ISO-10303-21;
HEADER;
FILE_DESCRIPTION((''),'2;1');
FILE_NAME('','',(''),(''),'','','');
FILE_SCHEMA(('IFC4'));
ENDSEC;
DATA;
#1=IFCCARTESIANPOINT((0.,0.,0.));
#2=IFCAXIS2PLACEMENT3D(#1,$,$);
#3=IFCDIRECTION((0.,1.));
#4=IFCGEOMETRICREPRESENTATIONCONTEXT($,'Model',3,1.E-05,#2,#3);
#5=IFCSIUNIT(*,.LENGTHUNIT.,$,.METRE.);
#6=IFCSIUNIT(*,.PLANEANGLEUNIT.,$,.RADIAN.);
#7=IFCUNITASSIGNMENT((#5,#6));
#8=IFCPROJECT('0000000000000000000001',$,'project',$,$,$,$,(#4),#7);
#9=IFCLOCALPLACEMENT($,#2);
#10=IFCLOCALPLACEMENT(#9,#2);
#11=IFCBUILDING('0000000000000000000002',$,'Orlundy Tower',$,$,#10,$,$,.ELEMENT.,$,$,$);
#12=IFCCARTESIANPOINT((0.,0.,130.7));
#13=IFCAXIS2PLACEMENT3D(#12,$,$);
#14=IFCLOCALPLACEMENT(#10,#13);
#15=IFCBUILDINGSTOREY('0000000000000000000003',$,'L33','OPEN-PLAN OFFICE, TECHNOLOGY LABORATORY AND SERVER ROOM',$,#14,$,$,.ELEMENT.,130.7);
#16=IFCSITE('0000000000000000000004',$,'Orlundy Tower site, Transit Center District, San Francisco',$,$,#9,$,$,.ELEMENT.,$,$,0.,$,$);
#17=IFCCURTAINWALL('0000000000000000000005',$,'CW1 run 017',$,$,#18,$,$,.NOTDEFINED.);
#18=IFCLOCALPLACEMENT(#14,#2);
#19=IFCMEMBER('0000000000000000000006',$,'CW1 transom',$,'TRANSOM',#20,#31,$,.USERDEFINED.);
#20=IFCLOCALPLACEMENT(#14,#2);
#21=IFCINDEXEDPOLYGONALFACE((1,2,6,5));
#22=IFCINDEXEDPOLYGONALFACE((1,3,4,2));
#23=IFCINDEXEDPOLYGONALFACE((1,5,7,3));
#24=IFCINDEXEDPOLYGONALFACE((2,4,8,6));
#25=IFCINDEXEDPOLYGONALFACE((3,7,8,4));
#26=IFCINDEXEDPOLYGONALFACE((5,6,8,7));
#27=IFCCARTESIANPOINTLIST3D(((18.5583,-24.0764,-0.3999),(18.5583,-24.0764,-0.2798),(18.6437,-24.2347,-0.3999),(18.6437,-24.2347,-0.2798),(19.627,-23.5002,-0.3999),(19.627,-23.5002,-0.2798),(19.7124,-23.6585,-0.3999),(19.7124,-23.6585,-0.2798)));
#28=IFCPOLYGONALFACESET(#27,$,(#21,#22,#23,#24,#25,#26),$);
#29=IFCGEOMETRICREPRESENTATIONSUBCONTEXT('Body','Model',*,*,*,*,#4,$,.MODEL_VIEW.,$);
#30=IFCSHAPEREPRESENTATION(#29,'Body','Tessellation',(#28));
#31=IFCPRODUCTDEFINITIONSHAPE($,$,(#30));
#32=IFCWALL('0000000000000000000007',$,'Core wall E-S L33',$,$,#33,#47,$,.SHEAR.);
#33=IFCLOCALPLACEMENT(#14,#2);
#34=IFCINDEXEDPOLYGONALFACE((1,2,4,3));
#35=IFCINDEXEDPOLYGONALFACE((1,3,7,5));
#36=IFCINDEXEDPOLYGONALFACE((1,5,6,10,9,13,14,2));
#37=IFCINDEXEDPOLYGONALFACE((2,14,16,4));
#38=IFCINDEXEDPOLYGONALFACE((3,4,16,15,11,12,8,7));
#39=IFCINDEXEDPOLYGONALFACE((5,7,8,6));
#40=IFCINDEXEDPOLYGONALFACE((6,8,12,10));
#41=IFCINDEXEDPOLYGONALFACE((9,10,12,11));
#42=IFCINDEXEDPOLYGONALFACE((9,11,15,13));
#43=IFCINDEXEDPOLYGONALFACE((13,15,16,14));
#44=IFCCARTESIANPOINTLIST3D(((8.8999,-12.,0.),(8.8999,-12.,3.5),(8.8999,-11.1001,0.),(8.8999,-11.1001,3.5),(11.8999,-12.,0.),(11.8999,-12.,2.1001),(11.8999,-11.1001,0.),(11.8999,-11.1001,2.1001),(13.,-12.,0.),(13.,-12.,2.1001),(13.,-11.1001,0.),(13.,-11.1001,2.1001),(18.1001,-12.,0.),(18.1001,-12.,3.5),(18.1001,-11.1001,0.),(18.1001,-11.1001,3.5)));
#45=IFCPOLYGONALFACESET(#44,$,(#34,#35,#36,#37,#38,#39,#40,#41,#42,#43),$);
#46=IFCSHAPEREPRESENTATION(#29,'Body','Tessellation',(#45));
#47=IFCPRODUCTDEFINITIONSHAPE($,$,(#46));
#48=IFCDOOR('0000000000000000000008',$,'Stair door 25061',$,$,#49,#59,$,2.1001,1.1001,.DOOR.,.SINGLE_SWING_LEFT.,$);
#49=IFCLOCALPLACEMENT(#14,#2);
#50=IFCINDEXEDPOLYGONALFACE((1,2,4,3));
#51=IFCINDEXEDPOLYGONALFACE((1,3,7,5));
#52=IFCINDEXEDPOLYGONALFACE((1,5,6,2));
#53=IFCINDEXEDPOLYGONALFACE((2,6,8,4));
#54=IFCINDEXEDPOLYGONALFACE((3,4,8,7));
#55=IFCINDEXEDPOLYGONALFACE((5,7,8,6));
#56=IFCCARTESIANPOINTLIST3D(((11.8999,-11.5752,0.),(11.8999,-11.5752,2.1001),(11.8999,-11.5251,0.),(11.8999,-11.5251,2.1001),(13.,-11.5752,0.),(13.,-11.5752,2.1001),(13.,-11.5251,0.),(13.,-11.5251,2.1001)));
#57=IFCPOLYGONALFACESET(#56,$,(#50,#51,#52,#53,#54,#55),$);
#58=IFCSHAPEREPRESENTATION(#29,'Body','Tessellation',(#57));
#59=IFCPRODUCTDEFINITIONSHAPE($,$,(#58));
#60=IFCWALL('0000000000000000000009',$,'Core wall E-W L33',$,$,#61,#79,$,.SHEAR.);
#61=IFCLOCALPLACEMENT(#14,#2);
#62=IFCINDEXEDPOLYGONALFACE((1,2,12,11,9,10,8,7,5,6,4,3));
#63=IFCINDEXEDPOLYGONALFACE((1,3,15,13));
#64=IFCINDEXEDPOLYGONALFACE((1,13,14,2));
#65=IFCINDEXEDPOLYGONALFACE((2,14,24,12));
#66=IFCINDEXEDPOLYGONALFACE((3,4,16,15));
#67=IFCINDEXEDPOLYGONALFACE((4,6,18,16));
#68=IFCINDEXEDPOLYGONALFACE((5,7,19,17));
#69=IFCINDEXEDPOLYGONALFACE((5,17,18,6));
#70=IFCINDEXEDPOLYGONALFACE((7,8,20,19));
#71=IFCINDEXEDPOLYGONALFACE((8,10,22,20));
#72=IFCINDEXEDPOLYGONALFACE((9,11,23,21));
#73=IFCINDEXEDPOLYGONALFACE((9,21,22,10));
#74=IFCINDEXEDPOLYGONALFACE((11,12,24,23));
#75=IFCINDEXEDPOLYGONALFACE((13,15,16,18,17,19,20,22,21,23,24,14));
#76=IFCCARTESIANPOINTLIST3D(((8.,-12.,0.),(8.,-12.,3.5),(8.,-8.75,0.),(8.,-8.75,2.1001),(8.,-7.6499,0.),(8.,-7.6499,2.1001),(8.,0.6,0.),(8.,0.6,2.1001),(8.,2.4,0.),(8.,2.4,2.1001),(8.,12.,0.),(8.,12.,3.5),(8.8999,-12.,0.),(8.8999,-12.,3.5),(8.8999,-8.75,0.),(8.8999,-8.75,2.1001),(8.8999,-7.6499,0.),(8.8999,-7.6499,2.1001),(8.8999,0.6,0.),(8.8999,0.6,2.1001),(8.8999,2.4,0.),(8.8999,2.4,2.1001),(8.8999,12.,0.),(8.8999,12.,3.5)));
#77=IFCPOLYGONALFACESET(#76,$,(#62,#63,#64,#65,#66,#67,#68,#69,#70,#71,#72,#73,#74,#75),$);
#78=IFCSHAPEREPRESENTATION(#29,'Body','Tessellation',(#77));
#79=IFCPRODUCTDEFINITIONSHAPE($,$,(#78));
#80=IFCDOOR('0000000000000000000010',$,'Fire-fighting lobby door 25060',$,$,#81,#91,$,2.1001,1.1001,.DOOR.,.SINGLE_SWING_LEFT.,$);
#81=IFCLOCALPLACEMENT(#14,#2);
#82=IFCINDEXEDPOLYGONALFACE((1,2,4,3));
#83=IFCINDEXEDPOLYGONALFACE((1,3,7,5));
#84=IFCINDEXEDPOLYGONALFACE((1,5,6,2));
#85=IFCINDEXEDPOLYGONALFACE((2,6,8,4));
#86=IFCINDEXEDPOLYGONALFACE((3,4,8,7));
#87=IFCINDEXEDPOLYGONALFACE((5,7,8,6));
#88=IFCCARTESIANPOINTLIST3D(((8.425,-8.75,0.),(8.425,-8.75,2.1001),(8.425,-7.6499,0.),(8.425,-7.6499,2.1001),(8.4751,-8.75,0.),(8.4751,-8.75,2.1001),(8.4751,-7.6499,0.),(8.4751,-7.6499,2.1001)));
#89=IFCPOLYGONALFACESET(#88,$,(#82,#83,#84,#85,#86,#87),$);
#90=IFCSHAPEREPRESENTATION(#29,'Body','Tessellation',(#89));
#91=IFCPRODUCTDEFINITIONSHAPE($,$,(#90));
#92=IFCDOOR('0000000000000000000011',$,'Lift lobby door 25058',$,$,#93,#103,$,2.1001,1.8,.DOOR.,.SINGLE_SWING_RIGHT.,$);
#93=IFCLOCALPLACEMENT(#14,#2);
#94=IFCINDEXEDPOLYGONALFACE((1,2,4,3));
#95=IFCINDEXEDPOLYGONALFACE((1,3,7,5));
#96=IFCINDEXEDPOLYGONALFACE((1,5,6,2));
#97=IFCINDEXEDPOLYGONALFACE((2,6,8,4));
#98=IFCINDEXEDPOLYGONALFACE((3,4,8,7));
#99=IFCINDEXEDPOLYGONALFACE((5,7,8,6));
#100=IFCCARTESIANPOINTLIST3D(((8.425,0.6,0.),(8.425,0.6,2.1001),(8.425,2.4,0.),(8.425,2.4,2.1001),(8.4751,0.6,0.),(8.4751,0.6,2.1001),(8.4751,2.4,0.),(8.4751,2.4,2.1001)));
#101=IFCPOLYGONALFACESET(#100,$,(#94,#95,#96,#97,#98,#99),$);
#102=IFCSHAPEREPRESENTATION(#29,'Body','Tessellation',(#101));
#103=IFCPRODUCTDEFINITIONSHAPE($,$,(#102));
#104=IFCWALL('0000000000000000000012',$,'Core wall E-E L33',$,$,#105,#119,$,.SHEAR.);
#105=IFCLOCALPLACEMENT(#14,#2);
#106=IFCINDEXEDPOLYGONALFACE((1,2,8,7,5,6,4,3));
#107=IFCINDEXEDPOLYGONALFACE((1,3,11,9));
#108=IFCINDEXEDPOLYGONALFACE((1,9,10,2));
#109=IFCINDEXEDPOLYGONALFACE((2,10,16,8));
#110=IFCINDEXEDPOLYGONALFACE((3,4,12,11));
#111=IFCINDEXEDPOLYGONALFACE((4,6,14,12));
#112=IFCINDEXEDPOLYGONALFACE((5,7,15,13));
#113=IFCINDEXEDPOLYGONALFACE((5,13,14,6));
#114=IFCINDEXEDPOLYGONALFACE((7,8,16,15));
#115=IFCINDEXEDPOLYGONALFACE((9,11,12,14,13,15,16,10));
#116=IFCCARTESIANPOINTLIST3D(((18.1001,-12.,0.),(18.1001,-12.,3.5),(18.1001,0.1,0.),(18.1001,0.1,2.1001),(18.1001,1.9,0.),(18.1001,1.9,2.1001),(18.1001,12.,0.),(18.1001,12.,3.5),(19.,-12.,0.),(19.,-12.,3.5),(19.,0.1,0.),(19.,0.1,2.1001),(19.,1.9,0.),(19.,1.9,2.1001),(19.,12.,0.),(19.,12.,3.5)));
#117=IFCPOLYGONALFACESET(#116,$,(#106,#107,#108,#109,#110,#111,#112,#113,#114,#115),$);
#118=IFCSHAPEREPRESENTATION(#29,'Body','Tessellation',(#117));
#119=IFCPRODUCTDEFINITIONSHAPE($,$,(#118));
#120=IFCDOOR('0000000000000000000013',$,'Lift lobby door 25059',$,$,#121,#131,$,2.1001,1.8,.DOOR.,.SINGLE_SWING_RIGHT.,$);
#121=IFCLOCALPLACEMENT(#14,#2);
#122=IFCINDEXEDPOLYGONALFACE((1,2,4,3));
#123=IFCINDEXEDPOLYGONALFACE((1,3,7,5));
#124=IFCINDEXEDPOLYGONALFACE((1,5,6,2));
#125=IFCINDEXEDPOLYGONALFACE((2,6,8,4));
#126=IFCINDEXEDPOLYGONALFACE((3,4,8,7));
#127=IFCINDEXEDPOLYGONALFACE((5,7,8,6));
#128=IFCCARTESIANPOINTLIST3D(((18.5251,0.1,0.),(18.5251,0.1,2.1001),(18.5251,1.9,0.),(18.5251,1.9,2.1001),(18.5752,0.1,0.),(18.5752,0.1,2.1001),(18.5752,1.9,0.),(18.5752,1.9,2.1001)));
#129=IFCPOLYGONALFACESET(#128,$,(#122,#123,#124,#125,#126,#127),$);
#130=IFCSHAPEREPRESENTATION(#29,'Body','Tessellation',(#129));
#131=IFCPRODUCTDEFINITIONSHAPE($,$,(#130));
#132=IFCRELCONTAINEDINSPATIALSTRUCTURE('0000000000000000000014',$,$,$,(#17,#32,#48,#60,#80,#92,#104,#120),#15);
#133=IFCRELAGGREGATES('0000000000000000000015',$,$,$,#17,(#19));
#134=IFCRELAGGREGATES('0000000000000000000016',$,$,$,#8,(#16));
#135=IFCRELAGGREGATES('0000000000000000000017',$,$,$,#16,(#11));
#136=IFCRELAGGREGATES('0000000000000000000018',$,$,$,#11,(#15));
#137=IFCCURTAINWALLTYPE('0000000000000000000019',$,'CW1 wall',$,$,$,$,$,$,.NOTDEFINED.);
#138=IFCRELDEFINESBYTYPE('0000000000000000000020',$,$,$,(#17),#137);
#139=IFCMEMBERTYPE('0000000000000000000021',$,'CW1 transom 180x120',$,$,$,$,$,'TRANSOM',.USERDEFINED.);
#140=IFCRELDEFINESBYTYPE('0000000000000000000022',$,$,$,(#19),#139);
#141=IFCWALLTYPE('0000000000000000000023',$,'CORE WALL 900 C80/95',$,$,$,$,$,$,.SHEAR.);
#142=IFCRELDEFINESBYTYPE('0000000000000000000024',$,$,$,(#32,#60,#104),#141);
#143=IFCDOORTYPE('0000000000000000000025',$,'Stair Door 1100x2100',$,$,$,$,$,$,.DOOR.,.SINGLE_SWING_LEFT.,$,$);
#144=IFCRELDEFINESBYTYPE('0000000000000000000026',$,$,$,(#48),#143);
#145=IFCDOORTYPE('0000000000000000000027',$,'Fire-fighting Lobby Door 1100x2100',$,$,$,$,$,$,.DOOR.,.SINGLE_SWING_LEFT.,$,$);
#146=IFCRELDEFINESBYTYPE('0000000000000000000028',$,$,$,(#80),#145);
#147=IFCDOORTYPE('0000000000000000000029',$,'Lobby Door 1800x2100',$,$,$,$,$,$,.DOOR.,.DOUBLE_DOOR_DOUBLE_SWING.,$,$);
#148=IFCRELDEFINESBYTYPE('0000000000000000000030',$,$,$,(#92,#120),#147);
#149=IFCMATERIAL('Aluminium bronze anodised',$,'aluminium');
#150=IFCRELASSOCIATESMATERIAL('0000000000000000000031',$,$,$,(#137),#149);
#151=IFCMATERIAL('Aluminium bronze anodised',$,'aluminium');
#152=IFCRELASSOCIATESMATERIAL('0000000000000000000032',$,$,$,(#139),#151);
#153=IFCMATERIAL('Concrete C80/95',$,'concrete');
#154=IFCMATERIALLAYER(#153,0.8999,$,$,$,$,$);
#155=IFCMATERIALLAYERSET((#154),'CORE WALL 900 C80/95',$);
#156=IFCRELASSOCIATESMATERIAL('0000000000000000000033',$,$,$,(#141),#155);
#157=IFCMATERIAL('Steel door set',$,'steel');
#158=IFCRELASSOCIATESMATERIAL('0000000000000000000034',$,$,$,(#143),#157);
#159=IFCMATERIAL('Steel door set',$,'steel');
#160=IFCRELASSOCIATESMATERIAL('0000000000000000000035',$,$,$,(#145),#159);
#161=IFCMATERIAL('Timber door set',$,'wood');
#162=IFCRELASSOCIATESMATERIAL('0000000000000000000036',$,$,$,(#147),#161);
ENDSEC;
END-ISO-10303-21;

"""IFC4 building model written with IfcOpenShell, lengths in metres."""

from ifc_helpers import new_model, si_unit, direction, frame, frame_2d, origin, origin_2d, place, context, subcontext, project, spatial, rectangle, extrude, material, layer, layer_set, material_profile, profile_set, type_object, element, fill, aggregate, save


model = new_model("IFC4")

# Units and contexts
model_context = context("Model", 3, precision=1e-05, world=origin(), true_north=direction((0.0, 1.0)))
body_context = subcontext(model_context, "Body", "Model", "MODEL_VIEW")
ifc_project = project(units=[si_unit("LENGTHUNIT", "METRE"), si_unit("PLANEANGLEUNIT", "RADIAN")], contexts=[model_context])

# Site, building, storey
site_placement = place(None, origin())
site = spatial("IfcSite", under=ifc_project, at=site_placement, Name="Orlundy Tower site, Transit Center District, San Francisco", CompositionType="ELEMENT", RefElevation=0.0)
building_placement = place(site_placement, origin())
building = spatial("IfcBuilding", under=site, at=building_placement, Name="Orlundy Tower", CompositionType="ELEMENT")
storey_placement = place(building_placement, frame((0.0, 0.0, 130.7)))
storey = spatial("IfcBuildingStorey", under=building, at=storey_placement, Name="L33", Description="OPEN-PLAN OFFICE, TECHNOLOGY LABORATORY AND SERVER ROOM", CompositionType="ELEMENT", Elevation=130.7)

# Curtain wall, member
ifc_material_1 = material(Name="Aluminium bronze anodised", Category="aluminium")
curtain_wall_type = type_object("IfcCurtainWallType", Name="CW1 wall", PredefinedType="NOTDEFINED", material=ifc_material_1)
curtain_wall_placement = place(storey_placement, origin())
curtain_wall = element("IfcCurtainWall", 1, at=curtain_wall_placement, inside=storey, type_object=curtain_wall_type, Name="CW1 run 017", PredefinedType="NOTDEFINED")
ifc_material_2 = material(Name="Aluminium bronze anodised", Category="aluminium")
ifc_material_profile = material_profile(ifc_material_2, rectangle(XDim=0.1799, YDim=0.1201, at=origin_2d()), Name="CW1 transom 180x120")
ifc_profile_set = profile_set([ifc_material_profile], Name="Aluminium bronze anodised")
member_type = type_object("IfcMemberType", Name="CW1 transom 180x120", ElementType="TRANSOM", PredefinedType="USERDEFINED", material=ifc_profile_set)
member_placement = place(storey_placement, frame((19.6697, -23.5793, -0.3398), z_axis=(-0.880206, -0.474591, 0.0), x_axis=(0.474591, -0.880206, 0.0)))
member = element("IfcMember", 2, at=member_placement, type_object=member_type, Name="CW1 transom", ObjectType="TRANSOM", PredefinedType="USERDEFINED", context=body_context, shape_type="SweptSolid", body=[
    extrude(rectangle(XDim=0.1799, YDim=0.1201, at=origin_2d()), origin(), (0.0, 0.0, 1.0), 1.2141),
])
aggregate(curtain_wall, [member])

# Wall, opening, door
ifc_material_3 = material(Name="Concrete C80/95", Category="concrete")
ifc_layer_1 = layer(ifc_material_3, 0.8999)
ifc_layer_set_1 = layer_set([ifc_layer_1], Name="CORE WALL 900 C80/95")
wall_type_1 = type_object("IfcWallType", Name="CORE WALL 900 C80/95", PredefinedType="SHEAR", material=ifc_layer_set_1)
wall_1_placement = place(storey_placement, frame((8.8999, -11.55, 0.0), z_axis=(0.0, 0.0, 1.0), x_axis=(1.0, 0.0, 0.0)))
wall_1 = element("IfcWall", 3, at=wall_1_placement, inside=storey, type_object=wall_type_1, Name="Core wall E-S L33", PredefinedType="SHEAR", context=body_context, shape_type="SweptSolid", body=[
    extrude(rectangle(XDim=9.2002, YDim=0.8999, at=frame_2d((4.6001, 0.0))), origin(), (0.0, 0.0, 1.0), 3.5),
])
opening_1_placement = place(wall_1_placement, frame((3.0, 0.0, 0.0)))
opening_1 = element("IfcOpeningElement", 4, at=opening_1_placement, cuts=wall_1, PredefinedType="OPENING", context=body_context, shape_type="SweptSolid", body=[
    extrude(rectangle(XDim=1.1001, YDim=2.1001, at=frame_2d((0.55, 1.05))), frame((0.0, 0.46, 0.0), z_axis=(0.0, -1.0, 0.0), x_axis=(1.0, 0.0, 0.0)), (0.0, 0.0, 1.0), 0.9199),
])
ifc_material_4 = material(Name="Steel door set", Category="steel")
door_type_1 = type_object("IfcDoorType", Name="Stair Door 1100x2100", OperationType="SINGLE_SWING_LEFT", PredefinedType="DOOR", material=ifc_material_4)
door_1_placement = place(opening_1_placement, origin())
door_1 = element("IfcDoor", 5, at=door_1_placement, inside=storey, type_object=door_type_1, Name="Stair door 25061", OperationType="SINGLE_SWING_LEFT", OverallHeight=2.1001, OverallWidth=1.1001, PredefinedType="DOOR", context=body_context, shape_type="SweptSolid", body=[
    extrude(rectangle(XDim=1.1001, YDim=2.1001, at=frame_2d((0.55, 1.05))), frame((0.0, 0.0249, 0.0), z_axis=(0.0, -1.0, 0.0), x_axis=(1.0, 0.0, 0.0)), (0.0, 0.0, 1.0), 0.05),
])
fill(opening_1, door_1)

# Wall, openings, doors
wall_2_placement = place(storey_placement, frame((8.45, -12.0, 0.0), z_axis=(0.0, 0.0, 1.0), x_axis=(0.0, 1.0, 0.0)))
wall_2 = element("IfcWall", 6, at=wall_2_placement, inside=storey, type_object=wall_type_1, Name="Core wall E-W L33", PredefinedType="SHEAR", context=body_context, shape_type="SweptSolid", body=[
    extrude(rectangle(XDim=24.0, YDim=0.8999, at=frame_2d((12.0, 0.0))), origin(), (0.0, 0.0, 1.0), 3.5),
])
opening_2_placement = place(wall_2_placement, frame((12.6001, 0.0, 0.0)))
opening_2 = element("IfcOpeningElement", 7, at=opening_2_placement, cuts=wall_2, PredefinedType="OPENING", context=body_context, shape_type="SweptSolid", body=[
    extrude(rectangle(XDim=1.8, YDim=2.1001, at=frame_2d((0.8999, 1.05))), frame((0.0, 0.46, 0.0), z_axis=(0.0, -1.0, 0.0), x_axis=(1.0, 0.0, 0.0)), (0.0, 0.0, 1.0), 0.9199),
])
opening_3_placement = place(wall_2_placement, frame((3.25, 0.0, 0.0)))
opening_3 = element("IfcOpeningElement", 8, at=opening_3_placement, cuts=wall_2, PredefinedType="OPENING", context=body_context, shape_type="SweptSolid", body=[
    extrude(rectangle(XDim=1.1001, YDim=2.1001, at=frame_2d((0.55, 1.05))), frame((0.0, 0.46, 0.0), z_axis=(0.0, -1.0, 0.0), x_axis=(1.0, 0.0, 0.0)), (0.0, 0.0, 1.0), 0.9199),
])
ifc_material_5 = material(Name="Steel door set", Category="steel")
door_type_2 = type_object("IfcDoorType", Name="Fire-fighting Lobby Door 1100x2100", OperationType="SINGLE_SWING_LEFT", PredefinedType="DOOR", material=ifc_material_5)
door_2_placement = place(opening_3_placement, origin())
door_2 = element("IfcDoor", 9, at=door_2_placement, inside=storey, type_object=door_type_2, Name="Fire-fighting lobby door 25060", OperationType="SINGLE_SWING_LEFT", OverallHeight=2.1001, OverallWidth=1.1001, PredefinedType="DOOR", context=body_context, shape_type="SweptSolid", body=[
    extrude(rectangle(XDim=1.1001, YDim=2.1001, at=frame_2d((0.55, 1.05))), frame((0.0, 0.0249, 0.0), z_axis=(0.0, -1.0, 0.0), x_axis=(1.0, 0.0, 0.0)), (0.0, 0.0, 1.0), 0.05),
])
fill(opening_3, door_2)
ifc_material_6 = material(Name="Timber door set", Category="wood")
door_type_3 = type_object("IfcDoorType", Name="Lobby Door 1800x2100", OperationType="DOUBLE_DOOR_DOUBLE_SWING", PredefinedType="DOOR", material=ifc_material_6)
door_3_placement = place(opening_2_placement, origin())
door_3 = element("IfcDoor", 10, at=door_3_placement, inside=storey, type_object=door_type_3, Name="Lift lobby door 25058", OperationType="SINGLE_SWING_RIGHT", OverallHeight=2.1001, OverallWidth=1.8, PredefinedType="DOOR", context=body_context, shape_type="SweptSolid", body=[
    extrude(rectangle(XDim=1.8, YDim=2.1001, at=frame_2d((0.8999, 1.05))), frame((0.0, 0.0249, 0.0), z_axis=(0.0, -1.0, 0.0), x_axis=(1.0, 0.0, 0.0)), (0.0, 0.0, 1.0), 0.05),
])
fill(opening_2, door_3)

# Wall, opening, door
wall_3_placement = place(storey_placement, frame((18.55, -12.0, 0.0), z_axis=(0.0, 0.0, 1.0), x_axis=(0.0, 1.0, 0.0)))
wall_3 = element("IfcWall", 11, at=wall_3_placement, inside=storey, type_object=wall_type_1, Name="Core wall E-E L33", PredefinedType="SHEAR", context=body_context, shape_type="SweptSolid", body=[
    extrude(rectangle(XDim=24.0, YDim=0.8999, at=frame_2d((12.0, 0.0))), origin(), (0.0, 0.0, 1.0), 3.5),
])
opening_4_placement = place(wall_3_placement, frame((12.1001, 0.0, 0.0)))
opening_4 = element("IfcOpeningElement", 12, at=opening_4_placement, cuts=wall_3, PredefinedType="OPENING", context=body_context, shape_type="SweptSolid", body=[
    extrude(rectangle(XDim=1.8, YDim=2.1001, at=frame_2d((0.8999, 1.05))), frame((0.0, 0.46, 0.0), z_axis=(0.0, -1.0, 0.0), x_axis=(1.0, 0.0, 0.0)), (0.0, 0.0, 1.0), 0.9199),
])
door_4_placement = place(opening_4_placement, origin())
door_4 = element("IfcDoor", 13, at=door_4_placement, inside=storey, type_object=door_type_3, Name="Lift lobby door 25059", OperationType="SINGLE_SWING_RIGHT", OverallHeight=2.1001, OverallWidth=1.8, PredefinedType="DOOR", context=body_context, shape_type="SweptSolid", body=[
    extrude(rectangle(XDim=1.8, YDim=2.1001, at=frame_2d((0.8999, 1.05))), frame((0.0, 0.0249, 0.0), z_axis=(0.0, -1.0, 0.0), x_axis=(1.0, 0.0, 0.0)), (0.0, 0.0, 1.0), 0.05),
])
fill(opening_4, door_4)

save(model, "model.ifc")
